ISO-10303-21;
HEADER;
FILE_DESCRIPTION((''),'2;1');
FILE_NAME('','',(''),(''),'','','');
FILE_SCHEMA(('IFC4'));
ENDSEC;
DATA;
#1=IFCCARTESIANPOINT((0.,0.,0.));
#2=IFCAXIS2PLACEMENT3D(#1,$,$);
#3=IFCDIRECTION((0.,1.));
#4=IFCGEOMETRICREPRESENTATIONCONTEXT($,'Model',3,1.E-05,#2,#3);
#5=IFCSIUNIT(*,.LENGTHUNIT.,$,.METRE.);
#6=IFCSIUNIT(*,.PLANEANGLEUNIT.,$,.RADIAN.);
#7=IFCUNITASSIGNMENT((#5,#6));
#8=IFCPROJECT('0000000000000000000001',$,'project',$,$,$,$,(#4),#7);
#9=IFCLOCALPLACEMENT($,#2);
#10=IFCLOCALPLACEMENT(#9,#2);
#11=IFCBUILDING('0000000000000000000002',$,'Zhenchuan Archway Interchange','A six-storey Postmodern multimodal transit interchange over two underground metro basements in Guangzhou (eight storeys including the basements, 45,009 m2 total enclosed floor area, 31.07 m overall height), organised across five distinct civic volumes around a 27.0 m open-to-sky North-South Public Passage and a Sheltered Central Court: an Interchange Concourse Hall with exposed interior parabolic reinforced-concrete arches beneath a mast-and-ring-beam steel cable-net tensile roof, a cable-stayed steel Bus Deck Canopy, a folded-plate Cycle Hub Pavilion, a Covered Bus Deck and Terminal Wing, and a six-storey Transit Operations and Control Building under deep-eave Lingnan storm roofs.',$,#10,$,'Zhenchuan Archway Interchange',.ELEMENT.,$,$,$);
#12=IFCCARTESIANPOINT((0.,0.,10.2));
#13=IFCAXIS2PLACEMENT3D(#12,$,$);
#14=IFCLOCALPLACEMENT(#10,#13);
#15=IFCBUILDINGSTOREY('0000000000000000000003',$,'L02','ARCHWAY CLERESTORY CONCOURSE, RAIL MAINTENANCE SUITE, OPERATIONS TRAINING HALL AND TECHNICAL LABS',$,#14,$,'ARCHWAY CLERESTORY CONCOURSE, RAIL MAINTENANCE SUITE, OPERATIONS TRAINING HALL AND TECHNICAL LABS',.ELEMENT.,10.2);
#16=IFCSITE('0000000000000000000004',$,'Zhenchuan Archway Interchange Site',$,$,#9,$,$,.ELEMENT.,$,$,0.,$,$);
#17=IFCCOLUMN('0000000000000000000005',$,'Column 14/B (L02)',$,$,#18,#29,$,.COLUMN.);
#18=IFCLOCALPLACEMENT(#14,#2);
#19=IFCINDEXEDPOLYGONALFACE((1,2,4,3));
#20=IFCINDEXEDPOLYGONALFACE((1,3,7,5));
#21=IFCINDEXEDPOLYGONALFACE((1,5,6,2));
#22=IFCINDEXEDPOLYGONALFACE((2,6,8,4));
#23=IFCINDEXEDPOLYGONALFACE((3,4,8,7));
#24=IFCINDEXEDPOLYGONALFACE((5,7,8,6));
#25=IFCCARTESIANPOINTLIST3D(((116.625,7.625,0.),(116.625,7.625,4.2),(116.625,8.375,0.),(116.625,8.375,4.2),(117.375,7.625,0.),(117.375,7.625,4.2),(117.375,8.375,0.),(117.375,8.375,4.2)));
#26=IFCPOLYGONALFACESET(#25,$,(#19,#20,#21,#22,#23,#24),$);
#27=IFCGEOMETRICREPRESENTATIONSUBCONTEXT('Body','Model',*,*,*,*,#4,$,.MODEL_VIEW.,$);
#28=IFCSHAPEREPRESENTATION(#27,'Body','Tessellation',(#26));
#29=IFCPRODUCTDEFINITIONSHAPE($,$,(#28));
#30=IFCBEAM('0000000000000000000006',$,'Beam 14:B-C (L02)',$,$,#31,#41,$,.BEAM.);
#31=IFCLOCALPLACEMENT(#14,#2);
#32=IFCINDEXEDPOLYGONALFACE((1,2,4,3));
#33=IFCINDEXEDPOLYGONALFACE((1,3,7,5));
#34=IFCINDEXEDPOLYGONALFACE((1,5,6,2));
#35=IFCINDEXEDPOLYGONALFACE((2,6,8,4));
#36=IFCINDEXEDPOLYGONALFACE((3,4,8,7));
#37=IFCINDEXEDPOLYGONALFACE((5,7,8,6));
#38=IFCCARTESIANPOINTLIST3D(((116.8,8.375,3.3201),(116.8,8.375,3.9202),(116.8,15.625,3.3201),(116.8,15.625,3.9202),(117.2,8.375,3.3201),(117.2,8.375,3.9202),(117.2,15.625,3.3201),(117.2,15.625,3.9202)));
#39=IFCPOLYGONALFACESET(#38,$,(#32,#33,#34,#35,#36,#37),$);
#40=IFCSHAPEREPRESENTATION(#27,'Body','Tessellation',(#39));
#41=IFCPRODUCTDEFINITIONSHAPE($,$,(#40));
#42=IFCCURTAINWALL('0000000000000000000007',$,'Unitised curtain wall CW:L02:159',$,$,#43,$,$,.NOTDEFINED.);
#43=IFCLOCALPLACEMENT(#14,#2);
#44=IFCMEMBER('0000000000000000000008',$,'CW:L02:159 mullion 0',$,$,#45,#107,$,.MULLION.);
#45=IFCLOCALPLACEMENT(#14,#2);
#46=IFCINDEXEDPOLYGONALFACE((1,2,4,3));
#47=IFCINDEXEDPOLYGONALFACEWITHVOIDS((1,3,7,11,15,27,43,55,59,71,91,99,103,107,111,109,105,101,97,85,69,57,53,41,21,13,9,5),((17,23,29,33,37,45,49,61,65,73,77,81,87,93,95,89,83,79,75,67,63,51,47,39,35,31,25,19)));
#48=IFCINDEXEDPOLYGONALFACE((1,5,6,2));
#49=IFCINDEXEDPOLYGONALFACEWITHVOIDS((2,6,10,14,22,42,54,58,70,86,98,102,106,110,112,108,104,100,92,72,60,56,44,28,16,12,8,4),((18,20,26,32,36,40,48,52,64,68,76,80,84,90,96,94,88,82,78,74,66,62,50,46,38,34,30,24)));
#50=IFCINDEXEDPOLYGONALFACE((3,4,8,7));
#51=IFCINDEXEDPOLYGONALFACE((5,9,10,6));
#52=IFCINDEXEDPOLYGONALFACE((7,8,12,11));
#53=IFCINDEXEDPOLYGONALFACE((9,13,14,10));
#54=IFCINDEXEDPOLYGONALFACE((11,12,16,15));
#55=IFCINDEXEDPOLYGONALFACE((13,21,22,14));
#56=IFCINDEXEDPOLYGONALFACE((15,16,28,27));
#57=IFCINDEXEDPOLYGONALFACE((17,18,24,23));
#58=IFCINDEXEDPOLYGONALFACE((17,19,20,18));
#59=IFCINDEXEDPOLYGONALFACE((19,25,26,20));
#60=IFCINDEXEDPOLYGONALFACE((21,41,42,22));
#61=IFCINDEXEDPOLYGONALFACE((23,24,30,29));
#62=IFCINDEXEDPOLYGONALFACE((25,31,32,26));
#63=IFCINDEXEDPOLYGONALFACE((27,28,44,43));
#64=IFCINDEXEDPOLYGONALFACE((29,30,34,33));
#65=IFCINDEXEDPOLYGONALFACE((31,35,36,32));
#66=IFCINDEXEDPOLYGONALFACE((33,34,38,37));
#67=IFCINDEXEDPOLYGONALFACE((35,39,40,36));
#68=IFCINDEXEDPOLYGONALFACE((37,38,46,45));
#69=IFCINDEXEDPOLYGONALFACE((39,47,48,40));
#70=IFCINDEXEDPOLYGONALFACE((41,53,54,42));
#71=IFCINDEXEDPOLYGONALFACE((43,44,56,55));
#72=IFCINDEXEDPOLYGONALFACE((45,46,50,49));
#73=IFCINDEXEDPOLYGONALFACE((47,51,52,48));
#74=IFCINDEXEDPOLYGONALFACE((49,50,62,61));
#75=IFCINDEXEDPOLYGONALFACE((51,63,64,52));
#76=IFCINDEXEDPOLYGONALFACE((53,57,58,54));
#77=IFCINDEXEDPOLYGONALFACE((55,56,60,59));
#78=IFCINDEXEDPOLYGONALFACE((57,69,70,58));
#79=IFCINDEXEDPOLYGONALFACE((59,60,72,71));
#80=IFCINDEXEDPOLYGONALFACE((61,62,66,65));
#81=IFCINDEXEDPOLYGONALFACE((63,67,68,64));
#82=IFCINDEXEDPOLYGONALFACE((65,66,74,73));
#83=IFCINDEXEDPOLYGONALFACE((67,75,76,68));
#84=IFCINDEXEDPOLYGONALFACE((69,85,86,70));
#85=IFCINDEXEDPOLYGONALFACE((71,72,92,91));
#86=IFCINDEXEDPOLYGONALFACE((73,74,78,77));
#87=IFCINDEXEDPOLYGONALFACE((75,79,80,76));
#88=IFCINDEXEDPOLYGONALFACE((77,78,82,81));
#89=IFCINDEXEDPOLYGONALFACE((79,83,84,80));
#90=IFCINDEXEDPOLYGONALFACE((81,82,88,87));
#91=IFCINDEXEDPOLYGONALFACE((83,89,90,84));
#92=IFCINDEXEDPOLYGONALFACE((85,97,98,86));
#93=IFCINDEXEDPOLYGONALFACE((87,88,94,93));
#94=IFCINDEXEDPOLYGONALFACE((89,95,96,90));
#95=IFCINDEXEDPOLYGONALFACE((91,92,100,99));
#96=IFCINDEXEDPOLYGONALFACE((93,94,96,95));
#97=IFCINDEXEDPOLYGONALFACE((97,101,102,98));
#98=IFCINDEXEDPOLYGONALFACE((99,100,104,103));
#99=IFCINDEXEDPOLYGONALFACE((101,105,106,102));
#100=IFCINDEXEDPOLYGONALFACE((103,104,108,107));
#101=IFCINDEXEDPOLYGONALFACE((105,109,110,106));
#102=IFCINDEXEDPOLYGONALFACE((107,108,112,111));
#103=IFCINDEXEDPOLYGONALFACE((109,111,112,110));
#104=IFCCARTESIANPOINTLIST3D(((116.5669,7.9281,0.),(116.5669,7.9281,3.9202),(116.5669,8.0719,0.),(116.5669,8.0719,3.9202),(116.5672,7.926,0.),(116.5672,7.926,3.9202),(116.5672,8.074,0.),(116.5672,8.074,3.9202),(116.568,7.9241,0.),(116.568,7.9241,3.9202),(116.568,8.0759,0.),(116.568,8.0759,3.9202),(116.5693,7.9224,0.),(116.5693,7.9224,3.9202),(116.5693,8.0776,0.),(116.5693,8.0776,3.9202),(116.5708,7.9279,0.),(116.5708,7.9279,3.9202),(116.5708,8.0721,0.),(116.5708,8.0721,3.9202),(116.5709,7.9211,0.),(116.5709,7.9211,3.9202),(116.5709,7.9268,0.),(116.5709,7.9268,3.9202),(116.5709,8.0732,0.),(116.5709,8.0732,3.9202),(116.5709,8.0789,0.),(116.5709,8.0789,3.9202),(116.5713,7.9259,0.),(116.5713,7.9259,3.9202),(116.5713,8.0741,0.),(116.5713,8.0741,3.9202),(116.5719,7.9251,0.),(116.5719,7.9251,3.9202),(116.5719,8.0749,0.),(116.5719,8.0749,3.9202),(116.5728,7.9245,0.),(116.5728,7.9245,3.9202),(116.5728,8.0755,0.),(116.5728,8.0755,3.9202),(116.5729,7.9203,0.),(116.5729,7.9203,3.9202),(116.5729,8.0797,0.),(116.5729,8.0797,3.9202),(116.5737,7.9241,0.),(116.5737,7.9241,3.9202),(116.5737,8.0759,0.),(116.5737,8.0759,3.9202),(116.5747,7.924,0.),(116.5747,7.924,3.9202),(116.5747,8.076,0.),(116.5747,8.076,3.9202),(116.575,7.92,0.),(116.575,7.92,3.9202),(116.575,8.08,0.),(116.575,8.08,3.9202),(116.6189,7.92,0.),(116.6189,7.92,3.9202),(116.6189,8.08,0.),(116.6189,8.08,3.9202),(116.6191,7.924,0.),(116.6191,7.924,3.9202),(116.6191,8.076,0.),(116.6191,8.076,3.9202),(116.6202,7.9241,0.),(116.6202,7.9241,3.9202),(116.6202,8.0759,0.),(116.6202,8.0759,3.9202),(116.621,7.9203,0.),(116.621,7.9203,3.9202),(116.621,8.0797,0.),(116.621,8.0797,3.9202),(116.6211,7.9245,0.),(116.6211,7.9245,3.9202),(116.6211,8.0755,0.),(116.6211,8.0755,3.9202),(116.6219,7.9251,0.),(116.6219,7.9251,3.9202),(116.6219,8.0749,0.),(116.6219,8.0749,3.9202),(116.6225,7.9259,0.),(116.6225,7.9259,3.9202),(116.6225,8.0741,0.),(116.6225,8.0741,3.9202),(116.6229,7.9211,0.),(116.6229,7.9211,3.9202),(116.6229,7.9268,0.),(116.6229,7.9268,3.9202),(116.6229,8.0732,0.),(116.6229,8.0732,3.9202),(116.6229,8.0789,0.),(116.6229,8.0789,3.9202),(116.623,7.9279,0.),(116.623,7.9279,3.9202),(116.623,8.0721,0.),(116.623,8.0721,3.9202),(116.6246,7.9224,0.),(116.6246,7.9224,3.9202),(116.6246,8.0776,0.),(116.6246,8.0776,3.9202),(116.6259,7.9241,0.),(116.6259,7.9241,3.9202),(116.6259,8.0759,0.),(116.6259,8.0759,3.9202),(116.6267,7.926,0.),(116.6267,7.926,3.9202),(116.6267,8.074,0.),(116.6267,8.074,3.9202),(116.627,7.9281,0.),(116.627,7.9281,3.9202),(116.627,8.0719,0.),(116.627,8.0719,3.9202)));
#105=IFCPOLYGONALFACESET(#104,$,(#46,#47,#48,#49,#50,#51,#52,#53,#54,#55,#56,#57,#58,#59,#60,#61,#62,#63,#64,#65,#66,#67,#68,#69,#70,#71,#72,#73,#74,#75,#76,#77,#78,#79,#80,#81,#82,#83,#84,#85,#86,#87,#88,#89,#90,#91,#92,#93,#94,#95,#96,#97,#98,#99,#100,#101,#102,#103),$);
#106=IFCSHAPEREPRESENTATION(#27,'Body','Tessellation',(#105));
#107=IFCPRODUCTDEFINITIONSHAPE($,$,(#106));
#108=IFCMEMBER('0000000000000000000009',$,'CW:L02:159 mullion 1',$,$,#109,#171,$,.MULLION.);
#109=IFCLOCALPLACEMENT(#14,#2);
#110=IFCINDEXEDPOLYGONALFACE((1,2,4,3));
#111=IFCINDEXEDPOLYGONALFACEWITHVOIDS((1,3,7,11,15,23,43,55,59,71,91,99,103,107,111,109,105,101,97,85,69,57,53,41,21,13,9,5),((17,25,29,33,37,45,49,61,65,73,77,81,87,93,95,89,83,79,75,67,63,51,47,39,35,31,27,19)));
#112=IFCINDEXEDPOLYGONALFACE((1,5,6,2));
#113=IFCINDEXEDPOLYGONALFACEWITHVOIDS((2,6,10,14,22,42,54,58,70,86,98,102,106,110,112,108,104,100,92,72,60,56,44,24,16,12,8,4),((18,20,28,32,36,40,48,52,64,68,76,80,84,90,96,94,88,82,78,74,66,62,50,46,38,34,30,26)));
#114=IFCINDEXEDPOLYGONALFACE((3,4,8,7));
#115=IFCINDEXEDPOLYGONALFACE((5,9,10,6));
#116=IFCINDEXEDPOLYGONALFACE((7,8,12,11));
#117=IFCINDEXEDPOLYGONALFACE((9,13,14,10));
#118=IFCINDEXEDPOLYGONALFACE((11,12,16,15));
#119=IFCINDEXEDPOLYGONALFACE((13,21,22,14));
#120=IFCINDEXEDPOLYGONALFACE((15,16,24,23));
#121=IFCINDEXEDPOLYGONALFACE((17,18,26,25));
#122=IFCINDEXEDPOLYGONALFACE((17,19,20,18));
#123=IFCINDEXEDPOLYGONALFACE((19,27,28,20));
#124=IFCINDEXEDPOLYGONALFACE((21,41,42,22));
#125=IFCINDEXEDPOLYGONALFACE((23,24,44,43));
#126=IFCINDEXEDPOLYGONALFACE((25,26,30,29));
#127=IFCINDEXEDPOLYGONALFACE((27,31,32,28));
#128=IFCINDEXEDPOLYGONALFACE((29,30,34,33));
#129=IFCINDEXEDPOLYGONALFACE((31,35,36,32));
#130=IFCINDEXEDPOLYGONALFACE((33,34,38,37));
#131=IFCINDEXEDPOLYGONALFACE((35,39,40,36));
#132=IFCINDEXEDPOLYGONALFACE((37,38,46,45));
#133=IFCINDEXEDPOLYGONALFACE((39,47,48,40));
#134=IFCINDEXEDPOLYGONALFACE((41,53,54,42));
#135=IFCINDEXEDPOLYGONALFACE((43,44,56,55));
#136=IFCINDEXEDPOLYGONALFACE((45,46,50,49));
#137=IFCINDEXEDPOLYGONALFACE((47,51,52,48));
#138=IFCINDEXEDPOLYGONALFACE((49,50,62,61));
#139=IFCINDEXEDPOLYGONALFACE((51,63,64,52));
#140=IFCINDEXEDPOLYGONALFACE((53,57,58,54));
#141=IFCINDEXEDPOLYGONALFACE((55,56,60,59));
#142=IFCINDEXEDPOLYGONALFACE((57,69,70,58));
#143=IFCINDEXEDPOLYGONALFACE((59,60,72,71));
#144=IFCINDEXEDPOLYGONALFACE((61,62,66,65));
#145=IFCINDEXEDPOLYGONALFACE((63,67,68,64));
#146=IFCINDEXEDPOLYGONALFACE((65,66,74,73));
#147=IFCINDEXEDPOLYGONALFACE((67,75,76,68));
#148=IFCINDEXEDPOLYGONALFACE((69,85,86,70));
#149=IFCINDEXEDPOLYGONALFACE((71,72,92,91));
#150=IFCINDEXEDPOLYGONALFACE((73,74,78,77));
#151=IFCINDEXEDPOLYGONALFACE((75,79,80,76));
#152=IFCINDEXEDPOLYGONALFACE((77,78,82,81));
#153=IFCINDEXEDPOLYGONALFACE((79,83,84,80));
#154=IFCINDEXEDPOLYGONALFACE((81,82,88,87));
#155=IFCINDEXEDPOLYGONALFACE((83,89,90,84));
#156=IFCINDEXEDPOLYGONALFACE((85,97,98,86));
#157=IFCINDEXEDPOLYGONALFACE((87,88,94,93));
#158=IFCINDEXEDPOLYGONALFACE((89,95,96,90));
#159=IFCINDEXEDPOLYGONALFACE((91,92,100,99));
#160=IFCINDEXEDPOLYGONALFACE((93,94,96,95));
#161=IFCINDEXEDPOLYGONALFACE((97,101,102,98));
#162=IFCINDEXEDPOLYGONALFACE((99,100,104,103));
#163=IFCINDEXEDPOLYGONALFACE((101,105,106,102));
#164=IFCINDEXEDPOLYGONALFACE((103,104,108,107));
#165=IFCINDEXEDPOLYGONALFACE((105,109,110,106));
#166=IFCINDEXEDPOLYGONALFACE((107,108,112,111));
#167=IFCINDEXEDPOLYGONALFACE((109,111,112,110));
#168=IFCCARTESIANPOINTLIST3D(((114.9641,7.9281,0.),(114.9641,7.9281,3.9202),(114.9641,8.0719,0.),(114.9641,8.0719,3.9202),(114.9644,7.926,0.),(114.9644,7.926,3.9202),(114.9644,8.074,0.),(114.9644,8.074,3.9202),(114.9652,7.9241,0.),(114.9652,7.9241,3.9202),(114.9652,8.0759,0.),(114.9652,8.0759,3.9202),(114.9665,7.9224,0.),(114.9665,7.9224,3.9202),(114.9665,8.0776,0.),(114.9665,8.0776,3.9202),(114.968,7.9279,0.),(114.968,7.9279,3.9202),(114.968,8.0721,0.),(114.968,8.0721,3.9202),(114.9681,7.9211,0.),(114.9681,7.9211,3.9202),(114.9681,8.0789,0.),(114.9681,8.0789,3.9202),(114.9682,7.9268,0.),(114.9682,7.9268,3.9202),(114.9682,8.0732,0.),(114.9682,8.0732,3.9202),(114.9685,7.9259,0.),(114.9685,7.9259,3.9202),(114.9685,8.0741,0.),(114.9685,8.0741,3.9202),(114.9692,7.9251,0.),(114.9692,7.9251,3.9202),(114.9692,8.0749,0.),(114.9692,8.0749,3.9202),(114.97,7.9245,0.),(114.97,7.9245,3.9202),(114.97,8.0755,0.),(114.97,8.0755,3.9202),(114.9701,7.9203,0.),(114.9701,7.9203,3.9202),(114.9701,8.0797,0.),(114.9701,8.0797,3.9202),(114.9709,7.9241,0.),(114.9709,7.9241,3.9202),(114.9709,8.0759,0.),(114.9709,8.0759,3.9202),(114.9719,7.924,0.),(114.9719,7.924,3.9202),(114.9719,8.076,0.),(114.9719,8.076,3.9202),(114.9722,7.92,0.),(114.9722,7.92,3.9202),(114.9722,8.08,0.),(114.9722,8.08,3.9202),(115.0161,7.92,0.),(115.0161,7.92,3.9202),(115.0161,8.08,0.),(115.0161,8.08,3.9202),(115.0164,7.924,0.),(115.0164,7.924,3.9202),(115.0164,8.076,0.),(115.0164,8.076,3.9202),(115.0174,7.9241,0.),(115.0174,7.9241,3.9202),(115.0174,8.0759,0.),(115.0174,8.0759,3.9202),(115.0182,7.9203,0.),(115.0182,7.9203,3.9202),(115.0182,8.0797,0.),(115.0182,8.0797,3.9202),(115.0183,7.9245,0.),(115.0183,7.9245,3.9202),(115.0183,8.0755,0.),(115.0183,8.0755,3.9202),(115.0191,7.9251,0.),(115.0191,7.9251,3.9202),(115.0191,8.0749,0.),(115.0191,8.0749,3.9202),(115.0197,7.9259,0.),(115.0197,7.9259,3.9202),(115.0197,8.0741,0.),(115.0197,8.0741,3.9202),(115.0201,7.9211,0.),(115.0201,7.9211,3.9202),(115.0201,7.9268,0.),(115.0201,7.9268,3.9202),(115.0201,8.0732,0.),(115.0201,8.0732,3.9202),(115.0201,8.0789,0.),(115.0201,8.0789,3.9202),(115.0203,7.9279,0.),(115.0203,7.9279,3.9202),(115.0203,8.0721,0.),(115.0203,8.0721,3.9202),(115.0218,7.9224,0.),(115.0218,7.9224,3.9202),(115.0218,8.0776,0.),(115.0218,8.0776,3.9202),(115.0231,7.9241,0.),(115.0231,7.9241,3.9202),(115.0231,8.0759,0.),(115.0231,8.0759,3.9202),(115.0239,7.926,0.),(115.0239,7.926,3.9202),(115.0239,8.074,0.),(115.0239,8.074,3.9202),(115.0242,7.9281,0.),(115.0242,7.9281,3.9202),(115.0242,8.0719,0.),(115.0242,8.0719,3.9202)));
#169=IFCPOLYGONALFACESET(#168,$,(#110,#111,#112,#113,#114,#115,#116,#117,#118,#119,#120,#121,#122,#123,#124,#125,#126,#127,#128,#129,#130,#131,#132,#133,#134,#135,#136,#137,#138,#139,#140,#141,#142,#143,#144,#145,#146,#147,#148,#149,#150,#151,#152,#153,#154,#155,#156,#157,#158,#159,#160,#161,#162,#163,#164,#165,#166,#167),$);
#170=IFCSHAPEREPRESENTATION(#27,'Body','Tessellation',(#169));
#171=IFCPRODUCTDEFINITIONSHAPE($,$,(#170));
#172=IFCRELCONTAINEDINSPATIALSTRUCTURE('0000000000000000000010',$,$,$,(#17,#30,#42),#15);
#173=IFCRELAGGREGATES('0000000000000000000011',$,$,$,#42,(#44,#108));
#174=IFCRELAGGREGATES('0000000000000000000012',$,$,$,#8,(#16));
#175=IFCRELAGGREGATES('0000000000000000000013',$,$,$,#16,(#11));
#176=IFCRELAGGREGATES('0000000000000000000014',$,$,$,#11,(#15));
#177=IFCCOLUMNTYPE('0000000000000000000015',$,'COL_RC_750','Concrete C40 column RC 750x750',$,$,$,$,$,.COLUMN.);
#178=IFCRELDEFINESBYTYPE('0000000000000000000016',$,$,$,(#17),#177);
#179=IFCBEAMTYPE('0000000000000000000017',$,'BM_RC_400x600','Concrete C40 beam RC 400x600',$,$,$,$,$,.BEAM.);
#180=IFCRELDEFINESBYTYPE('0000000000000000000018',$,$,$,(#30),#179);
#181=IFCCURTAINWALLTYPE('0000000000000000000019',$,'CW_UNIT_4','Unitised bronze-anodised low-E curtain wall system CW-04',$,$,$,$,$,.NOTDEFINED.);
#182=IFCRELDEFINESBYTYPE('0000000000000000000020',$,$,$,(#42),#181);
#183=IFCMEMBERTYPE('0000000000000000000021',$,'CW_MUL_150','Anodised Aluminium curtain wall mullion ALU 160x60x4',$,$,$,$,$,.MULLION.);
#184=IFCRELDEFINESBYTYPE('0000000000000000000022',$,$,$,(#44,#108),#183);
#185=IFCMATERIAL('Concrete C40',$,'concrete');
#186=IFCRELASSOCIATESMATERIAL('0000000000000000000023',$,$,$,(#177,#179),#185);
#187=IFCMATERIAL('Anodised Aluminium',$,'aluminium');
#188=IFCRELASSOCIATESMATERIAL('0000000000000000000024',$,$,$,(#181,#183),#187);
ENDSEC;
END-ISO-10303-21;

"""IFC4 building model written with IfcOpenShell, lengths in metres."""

from ifc_helpers import new_model, si_unit, direction, frame, origin, origin_2d, place, context, subcontext, project, spatial, rectangle, hollow_rectangle, extrude, material, material_profile, profile_set, type_object, element, aggregate, save


model = new_model("IFC4")

# Units and contexts
model_context = context("Model", 3, precision=1e-05, world=origin(), true_north=direction((0.0, 1.0)))
body_context = subcontext(model_context, "Body", "Model", "MODEL_VIEW")
ifc_project = project(units=[si_unit("LENGTHUNIT", "METRE"), si_unit("PLANEANGLEUNIT", "RADIAN")], contexts=[model_context])

# Site, building, storey
site_placement = place(None, origin())
site = spatial("IfcSite", under=ifc_project, at=site_placement, Name="Zhenchuan Archway Interchange Site", CompositionType="ELEMENT", RefElevation=0.0)
building_placement = place(site_placement, origin())
building = spatial("IfcBuilding", under=site, at=building_placement, Name="Zhenchuan Archway Interchange", Description="A six-storey Postmodern multimodal transit interchange over two underground metro basements in Guangzhou (eight storeys including the basements, 45,009 m2 total enclosed floor area, 31.07 m overall height), organised across five distinct civic volumes around a 27.0 m open-to-sky North-South Public Passage and a Sheltered Central Court: an Interchange Concourse Hall with exposed interior parabolic reinforced-concrete arches beneath a mast-and-ring-beam steel cable-net tensile roof, a cable-stayed steel Bus Deck Canopy, a folded-plate Cycle Hub Pavilion, a Covered Bus Deck and Terminal Wing, and a six-storey Transit Operations and Control Building under deep-eave Lingnan storm roofs.", LongName="Zhenchuan Archway Interchange", CompositionType="ELEMENT")
storey_placement = place(building_placement, frame((0.0, 0.0, 10.2)))
storey = spatial("IfcBuildingStorey", under=building, at=storey_placement, Name="L02", Description="ARCHWAY CLERESTORY CONCOURSE, RAIL MAINTENANCE SUITE, OPERATIONS TRAINING HALL AND TECHNICAL LABS", LongName="ARCHWAY CLERESTORY CONCOURSE, RAIL MAINTENANCE SUITE, OPERATIONS TRAINING HALL AND TECHNICAL LABS", CompositionType="ELEMENT", Elevation=10.2)

# Column
ifc_material_1 = material(Name="Concrete C40", Category="concrete")
ifc_material_profile_1 = material_profile(ifc_material_1, rectangle(XDim=0.75, YDim=0.75, at=origin_2d()), Name="RC 750x750")
ifc_profile_set_1 = profile_set([ifc_material_profile_1], Name="Concrete C40")
column_type = type_object("IfcColumnType", Name="COL_RC_750", Description="Concrete C40 column RC 750x750", PredefinedType="COLUMN", material=ifc_profile_set_1)
column_placement = place(storey_placement, frame((117.0, 8.0, 0.0), z_axis=(0.0, 0.0, 1.0), x_axis=(1.0, 0.0, 0.0)))
element("IfcColumn", 1, at=column_placement, inside=storey, type_object=column_type, Name="Column 14/B (L02)", PredefinedType="COLUMN", context=body_context, shape_type="SweptSolid", body=[
    extrude(rectangle(XDim=0.75, YDim=0.75, at=origin_2d()), origin(), (0.0, 0.0, 1.0), 4.2),
])

# Beam
ifc_material_profile_2 = material_profile(ifc_material_1, rectangle(XDim=0.3999, YDim=0.6001, at=origin_2d()), Name="RC 400x600")
ifc_profile_set_2 = profile_set([ifc_material_profile_2], Name="Concrete C40")
beam_type_1 = type_object("IfcBeamType", Name="BM_RC_400x600", Description="Concrete C40 beam RC 400x600", PredefinedType="BEAM", material=ifc_profile_set_2)
beam_1_placement = place(storey_placement, frame((117.0, 8.375, 3.6201), z_axis=(0.0, 1.0, 0.0), x_axis=(-1.0, 0.0, 0.0)))
element("IfcBeam", 2, at=beam_1_placement, inside=storey, type_object=beam_type_1, Name="Beam 14:B-C (L02)", PredefinedType="BEAM", context=body_context, shape_type="SweptSolid", body=[
    extrude(rectangle(XDim=0.3999, YDim=0.6001, at=origin_2d()), origin(), (0.0, 0.0, 1.0), 7.25),
])

# Curtain wall, members
ifc_material_2 = material(Name="Anodised Aluminium", Category="aluminium")
curtain_wall_type = type_object("IfcCurtainWallType", Name="CW_UNIT_4", Description="Unitised bronze-anodised low-E curtain wall system CW-04", PredefinedType="NOTDEFINED", material=ifc_material_2)
curtain_wall_placement = place(storey_placement, origin())
curtain_wall = element("IfcCurtainWall", 3, at=curtain_wall_placement, inside=storey, type_object=curtain_wall_type, Name="Unitised curtain wall CW:L02:159", PredefinedType="NOTDEFINED")
ifc_material_profile_3 = material_profile(ifc_material_2, hollow_rectangle(XDim=0.0601, YDim=0.1599, WallThickness=0.0039, InnerFilletRadius=0.0039, OuterFilletRadius=0.0081, at=origin_2d()), Name="ALU 160x60x4")
ifc_profile_set_3 = profile_set([ifc_material_profile_3], Name="Anodised Aluminium")
member_type_1 = type_object("IfcMemberType", Name="CW_MUL_150", Description="Anodised Aluminium curtain wall mullion ALU 160x60x4", PredefinedType="MULLION", material=ifc_profile_set_3)
member_1_placement = place(storey_placement, frame((116.5969, 8.0, 0.0), z_axis=(0.0, 0.0, 1.0), x_axis=(1.0, 0.0, 0.0)))
member_1 = element("IfcMember", 4, at=member_1_placement, type_object=member_type_1, Name="CW:L02:159 mullion 0", PredefinedType="MULLION", context=body_context, shape_type="SweptSolid", body=[
    extrude(hollow_rectangle(XDim=0.0601, YDim=0.1599, WallThickness=0.0039, InnerFilletRadius=0.0039, OuterFilletRadius=0.0081, at=origin_2d()), origin(), (0.0, 0.0, 1.0), 3.9202),
])
member_2_placement = place(storey_placement, frame((114.9941, 8.0, 0.0), z_axis=(0.0, 0.0, 1.0), x_axis=(1.0, 0.0, 0.0)))
member_2 = element("IfcMember", 5, at=member_2_placement, type_object=member_type_1, Name="CW:L02:159 mullion 1", PredefinedType="MULLION", context=body_context, shape_type="SweptSolid", body=[
    extrude(hollow_rectangle(XDim=0.0601, YDim=0.1599, WallThickness=0.0039, InnerFilletRadius=0.0039, OuterFilletRadius=0.0081, at=origin_2d()), origin(), (0.0, 0.0, 1.0), 3.9202),
])

aggregate(curtain_wall, [member_1, member_2])

save(model, "model.ifc")
